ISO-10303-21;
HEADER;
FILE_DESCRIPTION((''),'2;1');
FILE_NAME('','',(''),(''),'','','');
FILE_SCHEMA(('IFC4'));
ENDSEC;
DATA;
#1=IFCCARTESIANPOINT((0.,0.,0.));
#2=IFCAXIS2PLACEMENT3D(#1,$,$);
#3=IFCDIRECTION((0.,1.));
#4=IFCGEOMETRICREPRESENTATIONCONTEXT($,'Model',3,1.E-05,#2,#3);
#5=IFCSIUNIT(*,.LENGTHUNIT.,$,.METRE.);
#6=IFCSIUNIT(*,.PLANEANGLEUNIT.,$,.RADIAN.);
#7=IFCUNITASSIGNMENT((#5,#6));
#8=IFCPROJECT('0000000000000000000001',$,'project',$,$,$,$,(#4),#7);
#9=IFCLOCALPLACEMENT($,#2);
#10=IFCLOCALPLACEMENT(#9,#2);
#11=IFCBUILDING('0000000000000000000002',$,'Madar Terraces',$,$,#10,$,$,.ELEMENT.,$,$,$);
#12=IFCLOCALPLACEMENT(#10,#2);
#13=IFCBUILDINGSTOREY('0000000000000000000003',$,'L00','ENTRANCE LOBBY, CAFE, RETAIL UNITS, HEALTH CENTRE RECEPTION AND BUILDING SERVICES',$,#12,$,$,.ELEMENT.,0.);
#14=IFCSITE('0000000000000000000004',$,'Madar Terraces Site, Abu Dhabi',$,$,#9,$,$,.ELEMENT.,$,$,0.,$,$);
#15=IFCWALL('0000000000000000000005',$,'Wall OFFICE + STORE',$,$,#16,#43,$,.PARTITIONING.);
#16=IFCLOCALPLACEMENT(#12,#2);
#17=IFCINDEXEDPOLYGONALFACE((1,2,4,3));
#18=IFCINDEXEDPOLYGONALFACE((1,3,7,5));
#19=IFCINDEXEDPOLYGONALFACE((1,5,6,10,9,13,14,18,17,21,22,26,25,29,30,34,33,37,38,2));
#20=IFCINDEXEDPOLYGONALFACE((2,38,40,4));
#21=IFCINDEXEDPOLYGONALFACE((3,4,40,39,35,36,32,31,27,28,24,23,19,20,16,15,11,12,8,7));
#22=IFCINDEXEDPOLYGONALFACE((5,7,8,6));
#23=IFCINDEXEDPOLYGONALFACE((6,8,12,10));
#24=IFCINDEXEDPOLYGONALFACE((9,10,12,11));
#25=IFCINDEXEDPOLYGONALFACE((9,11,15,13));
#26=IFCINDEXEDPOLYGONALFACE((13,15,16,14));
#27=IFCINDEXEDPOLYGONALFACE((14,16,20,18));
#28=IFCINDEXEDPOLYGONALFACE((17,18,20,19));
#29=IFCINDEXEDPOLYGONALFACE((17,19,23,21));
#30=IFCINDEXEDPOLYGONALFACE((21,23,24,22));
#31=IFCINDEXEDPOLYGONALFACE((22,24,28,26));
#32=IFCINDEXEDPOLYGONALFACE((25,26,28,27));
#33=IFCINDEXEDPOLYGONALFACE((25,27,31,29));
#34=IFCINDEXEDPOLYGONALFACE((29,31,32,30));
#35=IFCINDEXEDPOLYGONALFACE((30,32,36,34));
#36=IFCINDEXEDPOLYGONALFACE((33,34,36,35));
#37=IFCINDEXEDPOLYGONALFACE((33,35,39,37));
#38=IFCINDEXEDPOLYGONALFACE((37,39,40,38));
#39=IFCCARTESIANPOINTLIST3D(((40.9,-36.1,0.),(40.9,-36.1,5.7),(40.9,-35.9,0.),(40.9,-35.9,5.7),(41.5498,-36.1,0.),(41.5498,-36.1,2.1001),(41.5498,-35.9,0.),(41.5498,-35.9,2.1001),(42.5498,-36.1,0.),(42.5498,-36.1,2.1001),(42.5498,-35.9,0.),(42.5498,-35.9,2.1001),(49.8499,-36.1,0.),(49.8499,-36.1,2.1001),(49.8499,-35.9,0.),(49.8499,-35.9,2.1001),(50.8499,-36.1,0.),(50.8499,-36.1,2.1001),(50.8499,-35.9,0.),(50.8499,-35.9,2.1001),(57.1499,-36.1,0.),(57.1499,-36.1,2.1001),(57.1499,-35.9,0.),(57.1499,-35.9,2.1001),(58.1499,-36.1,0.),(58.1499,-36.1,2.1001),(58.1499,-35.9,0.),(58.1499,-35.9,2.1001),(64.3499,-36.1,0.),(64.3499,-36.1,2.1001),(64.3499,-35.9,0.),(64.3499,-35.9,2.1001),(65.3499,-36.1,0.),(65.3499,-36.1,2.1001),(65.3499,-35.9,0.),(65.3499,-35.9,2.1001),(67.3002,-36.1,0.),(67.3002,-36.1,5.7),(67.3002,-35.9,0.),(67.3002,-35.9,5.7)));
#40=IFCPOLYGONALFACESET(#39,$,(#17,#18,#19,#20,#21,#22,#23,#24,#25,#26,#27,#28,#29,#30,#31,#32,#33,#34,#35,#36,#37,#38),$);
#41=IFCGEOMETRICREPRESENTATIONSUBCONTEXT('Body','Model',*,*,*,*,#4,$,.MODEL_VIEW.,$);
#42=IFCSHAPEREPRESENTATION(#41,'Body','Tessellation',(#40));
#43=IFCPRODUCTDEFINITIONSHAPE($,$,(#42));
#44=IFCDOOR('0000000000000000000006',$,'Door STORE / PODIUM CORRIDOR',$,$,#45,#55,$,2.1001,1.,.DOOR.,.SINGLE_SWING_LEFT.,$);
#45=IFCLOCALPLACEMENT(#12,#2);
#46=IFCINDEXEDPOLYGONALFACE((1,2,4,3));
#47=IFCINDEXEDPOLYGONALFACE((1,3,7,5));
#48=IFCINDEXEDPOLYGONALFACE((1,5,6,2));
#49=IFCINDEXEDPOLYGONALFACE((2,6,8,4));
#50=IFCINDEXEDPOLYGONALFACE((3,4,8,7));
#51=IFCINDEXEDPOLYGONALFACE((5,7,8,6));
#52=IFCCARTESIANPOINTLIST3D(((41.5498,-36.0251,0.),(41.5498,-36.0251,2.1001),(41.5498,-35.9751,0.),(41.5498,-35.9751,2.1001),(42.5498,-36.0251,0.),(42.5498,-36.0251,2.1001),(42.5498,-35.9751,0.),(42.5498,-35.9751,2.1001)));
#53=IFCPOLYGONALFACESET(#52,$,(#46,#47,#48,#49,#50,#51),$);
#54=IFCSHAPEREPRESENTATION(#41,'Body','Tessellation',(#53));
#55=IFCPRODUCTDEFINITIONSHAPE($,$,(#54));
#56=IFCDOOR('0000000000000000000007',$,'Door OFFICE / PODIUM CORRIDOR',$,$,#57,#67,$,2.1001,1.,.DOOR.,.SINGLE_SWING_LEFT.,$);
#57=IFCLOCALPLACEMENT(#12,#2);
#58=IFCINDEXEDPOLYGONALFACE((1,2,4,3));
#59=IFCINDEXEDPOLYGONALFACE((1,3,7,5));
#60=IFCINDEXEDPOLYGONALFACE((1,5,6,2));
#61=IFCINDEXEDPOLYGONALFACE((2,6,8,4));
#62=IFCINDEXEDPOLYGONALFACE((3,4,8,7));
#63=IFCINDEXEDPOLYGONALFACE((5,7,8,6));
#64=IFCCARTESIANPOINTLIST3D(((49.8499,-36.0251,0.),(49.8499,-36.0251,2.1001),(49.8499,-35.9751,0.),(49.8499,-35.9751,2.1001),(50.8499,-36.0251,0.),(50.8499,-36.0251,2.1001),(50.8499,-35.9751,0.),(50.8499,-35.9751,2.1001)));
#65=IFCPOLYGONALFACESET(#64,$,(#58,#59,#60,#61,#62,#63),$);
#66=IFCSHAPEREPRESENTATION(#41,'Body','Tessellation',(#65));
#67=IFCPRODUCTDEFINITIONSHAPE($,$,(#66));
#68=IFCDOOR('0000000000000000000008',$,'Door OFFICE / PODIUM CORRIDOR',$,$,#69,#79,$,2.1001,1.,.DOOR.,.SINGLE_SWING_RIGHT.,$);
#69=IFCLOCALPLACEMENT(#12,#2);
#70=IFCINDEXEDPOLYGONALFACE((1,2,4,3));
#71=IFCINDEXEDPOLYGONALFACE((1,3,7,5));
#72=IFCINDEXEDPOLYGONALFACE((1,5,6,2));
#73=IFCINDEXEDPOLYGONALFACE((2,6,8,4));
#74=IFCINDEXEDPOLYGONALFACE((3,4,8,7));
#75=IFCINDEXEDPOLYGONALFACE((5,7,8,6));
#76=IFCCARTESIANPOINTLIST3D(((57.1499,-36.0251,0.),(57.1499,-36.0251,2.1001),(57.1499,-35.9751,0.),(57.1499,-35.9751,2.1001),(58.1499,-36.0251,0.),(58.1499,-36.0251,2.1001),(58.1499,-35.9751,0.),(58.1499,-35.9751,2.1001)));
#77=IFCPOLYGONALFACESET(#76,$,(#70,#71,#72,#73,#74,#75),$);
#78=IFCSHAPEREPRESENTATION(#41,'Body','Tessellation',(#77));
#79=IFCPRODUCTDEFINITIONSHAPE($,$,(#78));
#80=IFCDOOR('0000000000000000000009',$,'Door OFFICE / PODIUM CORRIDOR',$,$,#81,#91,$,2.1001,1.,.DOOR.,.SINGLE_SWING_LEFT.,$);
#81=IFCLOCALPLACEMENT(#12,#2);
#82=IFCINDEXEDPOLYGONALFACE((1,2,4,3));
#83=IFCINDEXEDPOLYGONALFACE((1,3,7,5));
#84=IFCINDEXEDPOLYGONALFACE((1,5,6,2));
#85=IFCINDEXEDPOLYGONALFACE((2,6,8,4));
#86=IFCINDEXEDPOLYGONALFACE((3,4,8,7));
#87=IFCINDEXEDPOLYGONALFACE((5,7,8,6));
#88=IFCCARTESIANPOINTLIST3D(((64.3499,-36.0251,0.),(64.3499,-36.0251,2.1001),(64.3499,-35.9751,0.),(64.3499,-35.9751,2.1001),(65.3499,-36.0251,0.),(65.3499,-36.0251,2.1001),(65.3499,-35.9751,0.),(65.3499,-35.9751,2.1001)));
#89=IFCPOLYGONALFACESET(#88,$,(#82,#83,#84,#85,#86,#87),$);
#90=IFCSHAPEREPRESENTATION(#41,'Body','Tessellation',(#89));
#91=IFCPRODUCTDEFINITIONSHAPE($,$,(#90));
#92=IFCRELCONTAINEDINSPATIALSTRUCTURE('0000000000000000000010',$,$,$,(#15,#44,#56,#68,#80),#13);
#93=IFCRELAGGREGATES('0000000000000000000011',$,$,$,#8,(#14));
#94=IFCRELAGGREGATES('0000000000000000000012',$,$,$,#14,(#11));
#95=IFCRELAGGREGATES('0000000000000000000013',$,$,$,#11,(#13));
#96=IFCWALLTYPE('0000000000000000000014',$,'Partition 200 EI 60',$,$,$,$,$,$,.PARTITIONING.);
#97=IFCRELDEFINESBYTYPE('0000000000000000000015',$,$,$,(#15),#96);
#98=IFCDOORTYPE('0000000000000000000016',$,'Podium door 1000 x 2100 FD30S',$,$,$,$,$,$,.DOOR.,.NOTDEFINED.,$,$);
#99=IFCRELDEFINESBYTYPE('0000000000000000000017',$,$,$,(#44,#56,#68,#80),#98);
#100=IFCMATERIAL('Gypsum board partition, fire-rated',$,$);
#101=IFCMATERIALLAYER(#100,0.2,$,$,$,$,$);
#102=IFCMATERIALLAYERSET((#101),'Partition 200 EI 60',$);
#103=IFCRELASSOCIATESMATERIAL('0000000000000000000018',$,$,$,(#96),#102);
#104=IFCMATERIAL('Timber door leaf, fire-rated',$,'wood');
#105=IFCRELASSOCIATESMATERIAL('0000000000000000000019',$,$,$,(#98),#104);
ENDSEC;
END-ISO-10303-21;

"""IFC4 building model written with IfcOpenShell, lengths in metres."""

from ifc_helpers import new_model, si_unit, direction, frame, frame_2d, origin, place, context, subcontext, project, spatial, rectangle, extrude, material, layer, layer_set, type_object, element, fill, save


model = new_model("IFC4")

# Units and contexts
model_context = context("Model", 3, precision=1e-05, world=origin(), true_north=direction((0.0, 1.0)))
body_context = subcontext(model_context, "Body", "Model", "MODEL_VIEW")
ifc_project = project(units=[si_unit("LENGTHUNIT", "METRE"), si_unit("PLANEANGLEUNIT", "RADIAN")], contexts=[model_context])

# Site, building, storey
site_placement = place(None, origin())
site = spatial("IfcSite", under=ifc_project, at=site_placement, Name="Madar Terraces Site, Abu Dhabi", CompositionType="ELEMENT", RefElevation=0.0)
building_placement = place(site_placement, origin())
building = spatial("IfcBuilding", under=site, at=building_placement, Name="Madar Terraces", CompositionType="ELEMENT")
storey_placement = place(building_placement, origin())
storey = spatial("IfcBuildingStorey", under=building, at=storey_placement, Name="L00", Description="ENTRANCE LOBBY, CAFE, RETAIL UNITS, HEALTH CENTRE RECEPTION AND BUILDING SERVICES", CompositionType="ELEMENT", Elevation=0.0)

# Wall, openings, doors
ifc_material_1 = material(Name="Gypsum board partition, fire-rated")
ifc_layer = layer(ifc_material_1, 0.2)
ifc_layer_set = layer_set([ifc_layer], Name="Partition 200 EI 60")
wall_type = type_object("IfcWallType", Name="Partition 200 EI 60", PredefinedType="PARTITIONING", material=ifc_layer_set)
wall_1_placement = place(storey_placement, frame((40.8999, -36.0, 0.0), z_axis=(0.0, 0.0, 1.0), x_axis=(1.0, 0.0, 0.0)))
wall_1 = element("IfcWall", 1, at=wall_1_placement, inside=storey, type_object=wall_type, Name="Wall OFFICE + STORE", PredefinedType="PARTITIONING", context=body_context, shape_type="SweptSolid", body=[
    extrude(rectangle(XDim=26.4001, YDim=0.2, at=frame_2d((13.2002, 0.0))), origin(), (0.0, 0.0, 1.0), 5.7),
])
opening_1_placement = place(wall_1_placement, frame((0.6499, 0.0, 0.0)))
opening_1 = element("IfcOpeningElement", 2, at=opening_1_placement, cuts=wall_1, PredefinedType="OPENING", context=body_context, shape_type="SweptSolid", body=[
    extrude(rectangle(XDim=1.0, YDim=2.1001, at=frame_2d((0.5, 1.05))), frame((0.0, 0.1099, 0.0), z_axis=(0.0, -1.0, 0.0), x_axis=(1.0, 0.0, 0.0)), (0.0, 0.0, 1.0), 0.22),
])
opening_2_placement = place(wall_1_placement, frame((8.95, 0.0, 0.0)))
opening_2 = element("IfcOpeningElement", 3, at=opening_2_placement, cuts=wall_1, PredefinedType="OPENING", context=body_context, shape_type="SweptSolid", body=[
    extrude(rectangle(XDim=1.0, YDim=2.1001, at=frame_2d((0.5, 1.05))), frame((0.0, 0.1099, 0.0), z_axis=(0.0, -1.0, 0.0), x_axis=(1.0, 0.0, 0.0)), (0.0, 0.0, 1.0), 0.22),
])
opening_3_placement = place(wall_1_placement, frame((16.25, 0.0, 0.0)))
opening_3 = element("IfcOpeningElement", 4, at=opening_3_placement, cuts=wall_1, PredefinedType="OPENING", context=body_context, shape_type="SweptSolid", body=[
    extrude(rectangle(XDim=1.0, YDim=2.1001, at=frame_2d((0.5, 1.05))), frame((0.0, 0.1099, 0.0), z_axis=(0.0, -1.0, 0.0), x_axis=(1.0, 0.0, 0.0)), (0.0, 0.0, 1.0), 0.22),
])
opening_4_placement = place(wall_1_placement, frame((23.45, 0.0, 0.0)))
opening_4 = element("IfcOpeningElement", 5, at=opening_4_placement, cuts=wall_1, PredefinedType="OPENING", context=body_context, shape_type="SweptSolid", body=[
    extrude(rectangle(XDim=1.0, YDim=2.1001, at=frame_2d((0.5, 1.05))), frame((0.0, 0.1099, 0.0), z_axis=(0.0, -1.0, 0.0), x_axis=(1.0, 0.0, 0.0)), (0.0, 0.0, 1.0), 0.22),
])
ifc_material_2 = material(Name="Timber door leaf, fire-rated", Category="wood")
door_type = type_object("IfcDoorType", Name="Podium door 1000 x 2100 FD30S", OperationType="NOTDEFINED", PredefinedType="DOOR", material=ifc_material_2)
door_1_placement = place(opening_1_placement, origin())
door_1 = element("IfcDoor", 6, at=door_1_placement, inside=storey, type_object=door_type, Name="Door STORE / PODIUM CORRIDOR", OperationType="SINGLE_SWING_LEFT", OverallHeight=2.1001, OverallWidth=1.0, PredefinedType="DOOR", context=body_context, shape_type="SweptSolid", body=[
    extrude(rectangle(XDim=1.0, YDim=2.1001, at=frame_2d((0.5, 1.05))), frame((0.0, 0.0249, 0.0), z_axis=(0.0, -1.0, 0.0), x_axis=(1.0, 0.0, 0.0)), (0.0, 0.0, 1.0), 0.05),
])
fill(opening_1, door_1)
door_2_placement = place(opening_2_placement, origin())
door_2 = element("IfcDoor", 7, at=door_2_placement, inside=storey, type_object=door_type, Name="Door OFFICE / PODIUM CORRIDOR", OperationType="SINGLE_SWING_LEFT", OverallHeight=2.1001, OverallWidth=1.0, PredefinedType="DOOR", context=body_context, shape_type="SweptSolid", body=[
    extrude(rectangle(XDim=1.0, YDim=2.1001, at=frame_2d((0.5, 1.05))), frame((0.0, 0.0249, 0.0), z_axis=(0.0, -1.0, 0.0), x_axis=(1.0, 0.0, 0.0)), (0.0, 0.0, 1.0), 0.05),
])
fill(opening_2, door_2)
door_3_placement = place(opening_3_placement, origin())
door_3 = element("IfcDoor", 8, at=door_3_placement, inside=storey, type_object=door_type, Name="Door OFFICE / PODIUM CORRIDOR", OperationType="SINGLE_SWING_RIGHT", OverallHeight=2.1001, OverallWidth=1.0, PredefinedType="DOOR", context=body_context, shape_type="SweptSolid", body=[
    extrude(rectangle(XDim=1.0, YDim=2.1001, at=frame_2d((0.5, 1.05))), frame((0.0, 0.0249, 0.0), z_axis=(0.0, -1.0, 0.0), x_axis=(1.0, 0.0, 0.0)), (0.0, 0.0, 1.0), 0.05),
])
fill(opening_3, door_3)
door_4_placement = place(opening_4_placement, origin())
door_4 = element("IfcDoor", 9, at=door_4_placement, inside=storey, type_object=door_type, Name="Door OFFICE / PODIUM CORRIDOR", OperationType="SINGLE_SWING_LEFT", OverallHeight=2.1001, OverallWidth=1.0, PredefinedType="DOOR", context=body_context, shape_type="SweptSolid", body=[
    extrude(rectangle(XDim=1.0, YDim=2.1001, at=frame_2d((0.5, 1.05))), frame((0.0, 0.0249, 0.0), z_axis=(0.0, -1.0, 0.0), x_axis=(1.0, 0.0, 0.0)), (0.0, 0.0, 1.0), 0.05),
])
fill(opening_4, door_4)

save(model, "model.ifc")
